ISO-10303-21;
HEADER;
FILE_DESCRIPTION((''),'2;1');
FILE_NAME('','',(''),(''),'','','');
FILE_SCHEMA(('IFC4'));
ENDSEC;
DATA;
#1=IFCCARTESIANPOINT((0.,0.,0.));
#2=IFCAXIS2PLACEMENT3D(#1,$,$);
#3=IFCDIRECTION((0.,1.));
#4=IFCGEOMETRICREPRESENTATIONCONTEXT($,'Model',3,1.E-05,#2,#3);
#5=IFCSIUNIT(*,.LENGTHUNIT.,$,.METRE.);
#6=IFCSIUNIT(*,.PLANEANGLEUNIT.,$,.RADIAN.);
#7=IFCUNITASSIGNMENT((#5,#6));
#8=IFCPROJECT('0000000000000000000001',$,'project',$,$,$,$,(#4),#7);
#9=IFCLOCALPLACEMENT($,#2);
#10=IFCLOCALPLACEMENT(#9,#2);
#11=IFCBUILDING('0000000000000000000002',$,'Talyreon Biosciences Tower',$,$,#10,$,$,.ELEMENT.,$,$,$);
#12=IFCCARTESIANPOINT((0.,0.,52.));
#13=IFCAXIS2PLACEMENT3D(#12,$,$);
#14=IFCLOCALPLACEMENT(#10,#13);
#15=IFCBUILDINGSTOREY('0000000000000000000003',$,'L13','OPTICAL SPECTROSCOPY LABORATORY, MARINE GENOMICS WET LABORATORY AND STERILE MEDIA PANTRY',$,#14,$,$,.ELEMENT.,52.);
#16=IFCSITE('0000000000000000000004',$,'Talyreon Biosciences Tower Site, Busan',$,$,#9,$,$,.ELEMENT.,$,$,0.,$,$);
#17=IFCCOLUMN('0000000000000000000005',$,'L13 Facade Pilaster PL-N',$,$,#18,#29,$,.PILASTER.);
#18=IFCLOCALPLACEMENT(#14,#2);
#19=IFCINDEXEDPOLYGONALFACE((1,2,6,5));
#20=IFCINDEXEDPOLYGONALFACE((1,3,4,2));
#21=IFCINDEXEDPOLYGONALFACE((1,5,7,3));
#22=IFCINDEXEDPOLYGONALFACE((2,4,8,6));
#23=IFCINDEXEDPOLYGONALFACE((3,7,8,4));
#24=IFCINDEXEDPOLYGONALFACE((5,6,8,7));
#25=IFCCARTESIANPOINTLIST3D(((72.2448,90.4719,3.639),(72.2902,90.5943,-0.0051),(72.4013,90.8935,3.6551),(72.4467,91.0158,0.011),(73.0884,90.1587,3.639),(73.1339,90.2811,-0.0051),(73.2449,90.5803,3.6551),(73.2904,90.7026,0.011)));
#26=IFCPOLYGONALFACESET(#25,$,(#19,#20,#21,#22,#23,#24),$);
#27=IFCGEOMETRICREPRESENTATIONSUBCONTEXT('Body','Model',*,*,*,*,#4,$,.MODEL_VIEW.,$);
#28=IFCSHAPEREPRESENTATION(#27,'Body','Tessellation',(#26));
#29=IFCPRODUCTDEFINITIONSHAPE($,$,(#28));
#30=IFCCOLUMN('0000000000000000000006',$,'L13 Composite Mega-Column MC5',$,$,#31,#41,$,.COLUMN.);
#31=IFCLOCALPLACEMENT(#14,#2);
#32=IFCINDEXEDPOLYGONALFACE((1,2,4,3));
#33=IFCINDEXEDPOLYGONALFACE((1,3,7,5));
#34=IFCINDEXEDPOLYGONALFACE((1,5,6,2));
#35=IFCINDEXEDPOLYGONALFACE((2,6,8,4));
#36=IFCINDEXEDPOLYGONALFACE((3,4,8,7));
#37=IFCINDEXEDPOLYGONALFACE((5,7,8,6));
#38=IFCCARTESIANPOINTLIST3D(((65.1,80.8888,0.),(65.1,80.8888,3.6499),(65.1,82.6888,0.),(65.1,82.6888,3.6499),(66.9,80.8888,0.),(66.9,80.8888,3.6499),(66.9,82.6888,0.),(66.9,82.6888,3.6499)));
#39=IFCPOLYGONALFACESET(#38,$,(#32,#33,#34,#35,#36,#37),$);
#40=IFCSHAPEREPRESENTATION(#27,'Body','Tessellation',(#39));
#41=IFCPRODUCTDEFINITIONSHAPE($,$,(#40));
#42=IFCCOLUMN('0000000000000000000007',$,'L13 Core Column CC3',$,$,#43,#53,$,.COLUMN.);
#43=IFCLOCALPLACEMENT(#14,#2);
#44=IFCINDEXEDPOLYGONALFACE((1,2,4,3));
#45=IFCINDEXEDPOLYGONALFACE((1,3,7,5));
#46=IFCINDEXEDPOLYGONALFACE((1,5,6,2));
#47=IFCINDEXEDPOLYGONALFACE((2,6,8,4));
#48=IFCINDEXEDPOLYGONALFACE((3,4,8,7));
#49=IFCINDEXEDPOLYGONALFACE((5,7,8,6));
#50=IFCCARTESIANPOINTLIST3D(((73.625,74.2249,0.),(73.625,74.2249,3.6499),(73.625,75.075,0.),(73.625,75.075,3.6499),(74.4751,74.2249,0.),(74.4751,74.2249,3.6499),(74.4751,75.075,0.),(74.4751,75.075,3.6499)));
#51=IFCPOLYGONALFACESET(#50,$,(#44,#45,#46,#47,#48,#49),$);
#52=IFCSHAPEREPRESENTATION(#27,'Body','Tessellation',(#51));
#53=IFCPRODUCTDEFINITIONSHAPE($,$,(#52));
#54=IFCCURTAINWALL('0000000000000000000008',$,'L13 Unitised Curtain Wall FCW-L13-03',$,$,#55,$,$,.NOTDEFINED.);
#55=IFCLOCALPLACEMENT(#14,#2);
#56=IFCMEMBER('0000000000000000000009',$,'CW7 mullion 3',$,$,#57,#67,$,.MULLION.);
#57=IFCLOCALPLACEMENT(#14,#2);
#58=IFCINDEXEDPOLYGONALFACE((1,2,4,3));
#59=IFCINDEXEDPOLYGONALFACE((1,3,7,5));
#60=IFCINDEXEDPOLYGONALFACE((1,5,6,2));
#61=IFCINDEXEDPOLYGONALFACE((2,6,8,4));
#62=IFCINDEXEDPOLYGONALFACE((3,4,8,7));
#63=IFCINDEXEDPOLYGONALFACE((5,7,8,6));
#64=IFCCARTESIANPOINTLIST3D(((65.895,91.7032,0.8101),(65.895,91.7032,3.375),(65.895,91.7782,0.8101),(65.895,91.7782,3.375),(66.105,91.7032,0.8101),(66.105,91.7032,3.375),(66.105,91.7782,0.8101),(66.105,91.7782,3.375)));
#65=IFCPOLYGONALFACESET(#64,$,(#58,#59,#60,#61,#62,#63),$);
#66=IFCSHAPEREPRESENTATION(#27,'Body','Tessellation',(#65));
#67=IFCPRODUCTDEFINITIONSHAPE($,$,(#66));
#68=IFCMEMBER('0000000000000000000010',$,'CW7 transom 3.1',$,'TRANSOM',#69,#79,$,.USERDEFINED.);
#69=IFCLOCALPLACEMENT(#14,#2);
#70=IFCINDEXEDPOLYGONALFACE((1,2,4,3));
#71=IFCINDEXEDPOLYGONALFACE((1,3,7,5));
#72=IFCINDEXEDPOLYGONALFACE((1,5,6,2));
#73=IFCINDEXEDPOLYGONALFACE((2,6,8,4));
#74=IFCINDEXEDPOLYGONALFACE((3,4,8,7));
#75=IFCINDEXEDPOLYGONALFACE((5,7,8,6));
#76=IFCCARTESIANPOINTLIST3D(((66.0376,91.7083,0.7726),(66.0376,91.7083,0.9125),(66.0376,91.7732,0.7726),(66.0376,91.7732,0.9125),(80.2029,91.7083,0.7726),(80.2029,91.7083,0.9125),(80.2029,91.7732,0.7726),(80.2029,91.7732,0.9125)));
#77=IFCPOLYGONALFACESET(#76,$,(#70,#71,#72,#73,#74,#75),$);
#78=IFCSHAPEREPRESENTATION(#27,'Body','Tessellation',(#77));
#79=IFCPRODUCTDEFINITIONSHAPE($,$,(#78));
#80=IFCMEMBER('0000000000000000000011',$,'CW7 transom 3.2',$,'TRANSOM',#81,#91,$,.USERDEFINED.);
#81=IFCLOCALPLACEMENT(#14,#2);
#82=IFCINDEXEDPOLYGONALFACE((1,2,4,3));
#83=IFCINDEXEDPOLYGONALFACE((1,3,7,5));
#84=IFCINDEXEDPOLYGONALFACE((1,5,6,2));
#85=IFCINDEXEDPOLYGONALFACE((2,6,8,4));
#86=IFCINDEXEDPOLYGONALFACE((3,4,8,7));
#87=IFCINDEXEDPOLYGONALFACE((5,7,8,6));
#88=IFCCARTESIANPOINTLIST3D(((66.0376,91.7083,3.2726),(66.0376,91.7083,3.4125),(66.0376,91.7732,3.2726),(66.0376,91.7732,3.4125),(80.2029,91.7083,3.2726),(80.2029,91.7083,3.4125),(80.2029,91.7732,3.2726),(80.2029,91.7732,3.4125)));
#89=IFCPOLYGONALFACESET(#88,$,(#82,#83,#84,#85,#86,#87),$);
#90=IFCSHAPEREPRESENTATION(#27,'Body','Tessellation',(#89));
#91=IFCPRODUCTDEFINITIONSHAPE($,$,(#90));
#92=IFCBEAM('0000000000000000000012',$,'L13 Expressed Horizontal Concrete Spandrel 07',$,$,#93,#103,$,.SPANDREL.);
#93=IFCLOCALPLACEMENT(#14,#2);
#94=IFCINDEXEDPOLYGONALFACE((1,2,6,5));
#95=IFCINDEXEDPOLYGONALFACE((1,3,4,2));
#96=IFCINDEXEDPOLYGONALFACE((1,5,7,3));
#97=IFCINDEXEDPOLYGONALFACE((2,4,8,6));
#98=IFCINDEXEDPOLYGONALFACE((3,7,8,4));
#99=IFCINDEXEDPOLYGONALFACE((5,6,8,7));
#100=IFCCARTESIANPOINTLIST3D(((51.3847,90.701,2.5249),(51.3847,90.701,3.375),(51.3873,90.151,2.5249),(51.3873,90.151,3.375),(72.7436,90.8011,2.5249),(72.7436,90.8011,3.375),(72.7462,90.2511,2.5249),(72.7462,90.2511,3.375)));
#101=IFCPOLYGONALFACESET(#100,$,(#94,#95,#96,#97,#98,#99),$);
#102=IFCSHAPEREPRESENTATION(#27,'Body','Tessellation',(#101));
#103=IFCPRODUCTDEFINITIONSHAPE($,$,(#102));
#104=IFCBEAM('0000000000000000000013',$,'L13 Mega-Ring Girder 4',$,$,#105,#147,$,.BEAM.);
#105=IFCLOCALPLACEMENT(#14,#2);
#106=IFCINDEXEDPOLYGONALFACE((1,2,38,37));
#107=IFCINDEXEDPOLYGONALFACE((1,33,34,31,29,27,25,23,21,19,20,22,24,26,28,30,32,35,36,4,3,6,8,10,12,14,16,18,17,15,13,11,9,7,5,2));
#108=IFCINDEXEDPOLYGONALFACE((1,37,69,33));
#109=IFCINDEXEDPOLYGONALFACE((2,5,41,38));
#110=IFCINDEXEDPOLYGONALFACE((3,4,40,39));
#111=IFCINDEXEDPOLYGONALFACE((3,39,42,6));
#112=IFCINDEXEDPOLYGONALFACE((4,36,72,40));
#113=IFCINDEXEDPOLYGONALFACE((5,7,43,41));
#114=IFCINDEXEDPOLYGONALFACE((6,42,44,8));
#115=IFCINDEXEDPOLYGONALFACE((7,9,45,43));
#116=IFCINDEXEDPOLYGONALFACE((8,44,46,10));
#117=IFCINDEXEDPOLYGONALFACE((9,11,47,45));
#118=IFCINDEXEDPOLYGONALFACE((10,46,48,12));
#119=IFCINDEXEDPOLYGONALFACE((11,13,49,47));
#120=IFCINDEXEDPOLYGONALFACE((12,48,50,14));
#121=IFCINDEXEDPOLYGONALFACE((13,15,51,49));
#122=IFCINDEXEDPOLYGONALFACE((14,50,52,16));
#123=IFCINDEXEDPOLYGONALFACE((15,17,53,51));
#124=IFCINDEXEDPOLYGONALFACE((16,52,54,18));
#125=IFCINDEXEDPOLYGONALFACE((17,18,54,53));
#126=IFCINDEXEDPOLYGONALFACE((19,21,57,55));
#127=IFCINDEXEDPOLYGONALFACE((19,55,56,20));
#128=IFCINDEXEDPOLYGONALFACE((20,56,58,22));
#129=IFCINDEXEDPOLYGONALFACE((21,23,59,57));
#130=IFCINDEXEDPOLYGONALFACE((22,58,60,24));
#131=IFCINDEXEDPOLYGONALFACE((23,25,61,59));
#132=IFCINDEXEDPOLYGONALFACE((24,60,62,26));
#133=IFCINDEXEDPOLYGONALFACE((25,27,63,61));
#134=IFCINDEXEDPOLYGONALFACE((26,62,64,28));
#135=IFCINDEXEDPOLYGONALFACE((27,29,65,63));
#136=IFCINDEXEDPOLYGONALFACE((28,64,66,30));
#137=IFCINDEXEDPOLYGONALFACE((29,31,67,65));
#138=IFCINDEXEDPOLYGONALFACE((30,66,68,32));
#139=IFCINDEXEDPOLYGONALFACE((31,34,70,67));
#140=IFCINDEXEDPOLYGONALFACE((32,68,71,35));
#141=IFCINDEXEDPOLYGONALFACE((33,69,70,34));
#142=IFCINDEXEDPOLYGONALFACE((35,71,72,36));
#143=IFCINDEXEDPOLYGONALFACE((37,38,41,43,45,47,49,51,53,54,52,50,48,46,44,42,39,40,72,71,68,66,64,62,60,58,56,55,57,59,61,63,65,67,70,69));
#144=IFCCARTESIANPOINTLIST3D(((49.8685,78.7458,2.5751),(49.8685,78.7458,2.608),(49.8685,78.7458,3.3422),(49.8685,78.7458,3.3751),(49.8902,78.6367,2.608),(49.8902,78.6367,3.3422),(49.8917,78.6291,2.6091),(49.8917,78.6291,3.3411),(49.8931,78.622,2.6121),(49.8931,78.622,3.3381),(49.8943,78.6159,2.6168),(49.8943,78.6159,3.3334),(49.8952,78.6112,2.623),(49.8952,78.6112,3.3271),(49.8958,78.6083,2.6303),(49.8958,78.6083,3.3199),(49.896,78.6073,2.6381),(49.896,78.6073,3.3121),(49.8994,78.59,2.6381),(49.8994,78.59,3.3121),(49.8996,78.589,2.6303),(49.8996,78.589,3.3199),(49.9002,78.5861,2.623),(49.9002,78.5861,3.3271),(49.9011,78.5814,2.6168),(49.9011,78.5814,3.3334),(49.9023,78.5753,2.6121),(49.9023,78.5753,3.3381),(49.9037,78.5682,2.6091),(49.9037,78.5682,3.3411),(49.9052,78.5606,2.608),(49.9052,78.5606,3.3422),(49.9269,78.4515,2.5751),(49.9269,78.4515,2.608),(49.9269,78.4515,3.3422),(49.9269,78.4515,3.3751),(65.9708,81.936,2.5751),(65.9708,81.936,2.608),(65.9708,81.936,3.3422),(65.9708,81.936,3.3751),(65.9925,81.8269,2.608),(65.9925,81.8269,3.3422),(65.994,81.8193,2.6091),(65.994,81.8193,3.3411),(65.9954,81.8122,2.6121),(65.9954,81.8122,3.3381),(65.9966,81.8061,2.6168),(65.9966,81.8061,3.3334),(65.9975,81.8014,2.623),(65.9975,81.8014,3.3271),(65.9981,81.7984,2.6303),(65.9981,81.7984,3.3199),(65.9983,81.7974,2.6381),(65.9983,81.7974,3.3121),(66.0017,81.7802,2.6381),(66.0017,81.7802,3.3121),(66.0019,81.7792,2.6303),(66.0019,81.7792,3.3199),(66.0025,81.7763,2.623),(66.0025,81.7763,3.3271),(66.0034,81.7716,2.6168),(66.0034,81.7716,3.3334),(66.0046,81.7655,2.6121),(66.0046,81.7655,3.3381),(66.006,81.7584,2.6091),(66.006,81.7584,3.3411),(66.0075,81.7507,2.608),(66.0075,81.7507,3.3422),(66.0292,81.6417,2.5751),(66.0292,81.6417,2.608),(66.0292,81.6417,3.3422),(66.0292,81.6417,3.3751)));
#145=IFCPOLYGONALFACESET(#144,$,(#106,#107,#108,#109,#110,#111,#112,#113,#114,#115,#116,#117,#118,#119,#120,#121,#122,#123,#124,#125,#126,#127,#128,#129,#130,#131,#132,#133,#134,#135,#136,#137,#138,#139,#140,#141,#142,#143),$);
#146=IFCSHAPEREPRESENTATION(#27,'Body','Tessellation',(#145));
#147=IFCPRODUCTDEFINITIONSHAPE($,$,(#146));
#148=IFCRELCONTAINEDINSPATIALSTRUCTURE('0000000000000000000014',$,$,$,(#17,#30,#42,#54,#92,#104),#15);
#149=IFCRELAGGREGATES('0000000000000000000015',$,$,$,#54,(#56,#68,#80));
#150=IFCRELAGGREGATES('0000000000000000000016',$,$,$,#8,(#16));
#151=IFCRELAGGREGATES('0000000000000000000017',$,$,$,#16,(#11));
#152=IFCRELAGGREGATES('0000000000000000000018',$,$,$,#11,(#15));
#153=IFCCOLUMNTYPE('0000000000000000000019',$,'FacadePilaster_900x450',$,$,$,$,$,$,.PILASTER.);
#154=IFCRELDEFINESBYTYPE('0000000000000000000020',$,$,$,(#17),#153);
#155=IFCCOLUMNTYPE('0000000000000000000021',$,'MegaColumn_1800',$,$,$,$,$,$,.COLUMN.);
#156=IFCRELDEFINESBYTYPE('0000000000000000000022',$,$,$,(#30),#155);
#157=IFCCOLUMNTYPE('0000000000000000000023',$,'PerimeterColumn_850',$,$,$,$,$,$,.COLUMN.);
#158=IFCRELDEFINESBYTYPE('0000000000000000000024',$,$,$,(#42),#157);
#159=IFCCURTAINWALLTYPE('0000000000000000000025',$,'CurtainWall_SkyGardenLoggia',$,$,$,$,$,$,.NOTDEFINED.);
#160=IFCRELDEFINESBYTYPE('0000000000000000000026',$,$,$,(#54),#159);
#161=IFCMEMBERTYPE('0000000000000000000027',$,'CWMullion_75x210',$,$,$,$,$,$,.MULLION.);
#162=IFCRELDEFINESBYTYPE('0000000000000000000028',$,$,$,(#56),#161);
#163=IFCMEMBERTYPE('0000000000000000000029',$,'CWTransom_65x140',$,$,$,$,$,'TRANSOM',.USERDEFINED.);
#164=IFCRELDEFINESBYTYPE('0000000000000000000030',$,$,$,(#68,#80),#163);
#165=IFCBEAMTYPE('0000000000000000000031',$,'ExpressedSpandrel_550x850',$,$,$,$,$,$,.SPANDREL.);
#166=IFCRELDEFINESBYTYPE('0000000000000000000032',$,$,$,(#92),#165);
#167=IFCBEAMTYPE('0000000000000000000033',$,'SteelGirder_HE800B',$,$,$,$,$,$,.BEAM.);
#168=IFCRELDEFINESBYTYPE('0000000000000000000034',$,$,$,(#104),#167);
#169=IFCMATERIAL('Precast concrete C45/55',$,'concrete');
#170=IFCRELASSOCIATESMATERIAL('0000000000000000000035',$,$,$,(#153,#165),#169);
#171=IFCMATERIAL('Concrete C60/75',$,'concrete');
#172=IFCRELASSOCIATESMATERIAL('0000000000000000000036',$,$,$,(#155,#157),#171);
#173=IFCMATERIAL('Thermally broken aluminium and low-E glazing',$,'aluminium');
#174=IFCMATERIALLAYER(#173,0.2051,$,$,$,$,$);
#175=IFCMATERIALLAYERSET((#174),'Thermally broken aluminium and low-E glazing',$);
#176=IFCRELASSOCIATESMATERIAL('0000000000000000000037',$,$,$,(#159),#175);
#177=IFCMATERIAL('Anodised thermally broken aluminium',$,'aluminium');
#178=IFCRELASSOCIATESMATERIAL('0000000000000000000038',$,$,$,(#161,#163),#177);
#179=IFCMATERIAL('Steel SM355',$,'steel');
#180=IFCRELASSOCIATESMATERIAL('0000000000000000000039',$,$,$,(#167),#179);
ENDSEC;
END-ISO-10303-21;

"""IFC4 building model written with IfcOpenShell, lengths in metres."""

from ifc_helpers import new_model, si_unit, direction, frame, origin, origin_2d, place, context, subcontext, project, spatial, rectangle, i_section, extrude, material, layer, layer_set, material_profile, profile_set, type_object, element, aggregate, save


model = new_model("IFC4")

# Units and contexts
model_context = context("Model", 3, precision=1e-05, world=origin(), true_north=direction((0.0, 1.0)))
body_context = subcontext(model_context, "Body", "Model", "MODEL_VIEW")
ifc_project = project(units=[si_unit("LENGTHUNIT", "METRE"), si_unit("PLANEANGLEUNIT", "RADIAN")], contexts=[model_context])

# Site, building, storey
site_placement = place(None, origin())
site = spatial("IfcSite", under=ifc_project, at=site_placement, Name="Talyreon Biosciences Tower Site, Busan", CompositionType="ELEMENT", RefElevation=0.0)
building_placement = place(site_placement, origin())
building = spatial("IfcBuilding", under=site, at=building_placement, Name="Talyreon Biosciences Tower", CompositionType="ELEMENT")
storey_placement = place(building_placement, frame((0.0, 0.0, 52.0)))
storey = spatial("IfcBuildingStorey", under=building, at=storey_placement, Name="L13", Description="OPTICAL SPECTROSCOPY LABORATORY, MARINE GENOMICS WET LABORATORY AND STERILE MEDIA PANTRY", CompositionType="ELEMENT", Elevation=52.0)

# Columns
ifc_material_1 = material(Name="Precast concrete C45/55", Category="concrete")
ifc_material_profile_1 = material_profile(ifc_material_1, rectangle(XDim=0.8999, YDim=0.45, at=origin_2d()), Name="RC 900x450")
ifc_profile_set_1 = profile_set([ifc_material_profile_1], Name="Precast concrete C45/55")
column_type_1 = type_object("IfcColumnType", Name="FacadePilaster_900x450", PredefinedType="PILASTER", material=ifc_profile_set_1)
column_1_placement = place(storey_placement, frame((72.7903, 90.6484, 0.0029), z_axis=(-0.012453, -0.033544, 0.99936), x_axis=(-0.937478, 0.348046, 0.0)))
element("IfcColumn", 1, at=column_1_placement, inside=storey, type_object=column_type_1, Name="L13 Facade Pilaster PL-N", PredefinedType="PILASTER", context=body_context, shape_type="SweptSolid", body=[
    extrude(rectangle(XDim=0.8999, YDim=0.45, at=origin_2d()), origin(), (0.0, 0.0, 1.0), 3.6465),
])
ifc_material_2 = material(Name="Concrete C60/75", Category="concrete")
ifc_material_profile_2 = material_profile(ifc_material_2, rectangle(XDim=1.8, YDim=1.8, at=origin_2d()), Name="RC 1800x1800")
ifc_profile_set_2 = profile_set([ifc_material_profile_2], Name="Concrete C60/75")
column_type_2 = type_object("IfcColumnType", Name="MegaColumn_1800", PredefinedType="COLUMN", material=ifc_profile_set_2)
column_2_placement = place(storey_placement, frame((66.0, 81.7888, 0.0), z_axis=(0.0, 0.0, 1.0), x_axis=(1.0, 0.0, 0.0)))
element("IfcColumn", 2, at=column_2_placement, inside=storey, type_object=column_type_2, Name="L13 Composite Mega-Column MC5", PredefinedType="COLUMN", context=body_context, shape_type="SweptSolid", body=[
    extrude(rectangle(XDim=1.8, YDim=1.8, at=origin_2d()), origin(), (0.0, 0.0, 1.0), 3.6499),
])
ifc_material_profile_3 = material_profile(ifc_material_2, rectangle(XDim=0.8501, YDim=0.8501, at=origin_2d()), Name="RC 850x850")
ifc_profile_set_3 = profile_set([ifc_material_profile_3], Name="Concrete C60/75")
column_type_3 = type_object("IfcColumnType", Name="PerimeterColumn_850", PredefinedType="COLUMN", material=ifc_profile_set_3)
column_3_placement = place(storey_placement, frame((74.05, 74.6499, 0.0), z_axis=(0.0, 0.0, 1.0), x_axis=(1.0, 0.0, 0.0)))
element("IfcColumn", 3, at=column_3_placement, inside=storey, type_object=column_type_3, Name="L13 Core Column CC3", PredefinedType="COLUMN", context=body_context, shape_type="SweptSolid", body=[
    extrude(rectangle(XDim=0.8501, YDim=0.8501, at=origin_2d()), origin(), (0.0, 0.0, 1.0), 3.6499),
])

# Curtain wall, members
ifc_material_3 = material(Name="Thermally broken aluminium and low-E glazing", Category="aluminium")
ifc_layer_1 = layer(ifc_material_3, 0.2051)
ifc_layer_set_1 = layer_set([ifc_layer_1], Name="Thermally broken aluminium and low-E glazing")
curtain_wall_type = type_object("IfcCurtainWallType", Name="CurtainWall_SkyGardenLoggia", PredefinedType="NOTDEFINED", material=ifc_layer_set_1)
curtain_wall_placement = place(storey_placement, origin())
curtain_wall = element("IfcCurtainWall", 4, at=curtain_wall_placement, inside=storey, type_object=curtain_wall_type, Name="L13 Unitised Curtain Wall FCW-L13-03", PredefinedType="NOTDEFINED")
ifc_material_4 = material(Name="Anodised thermally broken aluminium", Category="aluminium")
ifc_material_profile_4 = material_profile(ifc_material_4, rectangle(XDim=0.075, YDim=0.21, at=origin_2d()), Name="ALUM MULLION 75x210")
ifc_profile_set_4 = profile_set([ifc_material_profile_4], Name="Anodised thermally broken aluminium")
member_type_1 = type_object("IfcMemberType", Name="CWMullion_75x210", PredefinedType="MULLION", material=ifc_profile_set_4)
member_1_placement = place(storey_placement, frame((66.0, 91.7407, 0.8101), z_axis=(0.0, 0.0, 1.0), x_axis=(0.0, 1.0, 0.0)))
member_1 = element("IfcMember", 5, at=member_1_placement, type_object=member_type_1, Name="CW7 mullion 3", PredefinedType="MULLION", context=body_context, shape_type="SweptSolid", body=[
    extrude(rectangle(XDim=0.075, YDim=0.21, at=origin_2d()), origin(), (0.0, 0.0, 1.0), 2.5649),
])
ifc_material_profile_5 = material_profile(ifc_material_4, rectangle(XDim=0.0649, YDim=0.1399, at=origin_2d()), Name="ALUM TRANSOM 65x140")
ifc_profile_set_5 = profile_set([ifc_material_profile_5], Name="Anodised thermally broken aluminium")
member_type_2 = type_object("IfcMemberType", Name="CWTransom_65x140", ElementType="TRANSOM", PredefinedType="USERDEFINED", material=ifc_profile_set_5)
member_2_placement = place(storey_placement, frame((66.0376, 91.7407, 0.8425), z_axis=(1.0, 0.0, 0.0), x_axis=(0.0, 1.0, 0.0)))
member_2 = element("IfcMember", 6, at=member_2_placement, type_object=member_type_2, Name="CW7 transom 3.1", ObjectType="TRANSOM", PredefinedType="USERDEFINED", context=body_context, shape_type="SweptSolid", body=[
    extrude(rectangle(XDim=0.0649, YDim=0.1399, at=origin_2d()), origin(), (0.0, 0.0, 1.0), 14.1653),
])
member_3_placement = place(storey_placement, frame((66.0376, 91.7407, 3.3425), z_axis=(1.0, 0.0, 0.0), x_axis=(0.0, 1.0, 0.0)))
member_3 = element("IfcMember", 7, at=member_3_placement, type_object=member_type_2, Name="CW7 transom 3.2", ObjectType="TRANSOM", PredefinedType="USERDEFINED", context=body_context, shape_type="SweptSolid", body=[
    extrude(rectangle(XDim=0.0649, YDim=0.1399, at=origin_2d()), origin(), (0.0, 0.0, 1.0), 14.1653),
])

# Beams
ifc_material_profile_6 = material_profile(ifc_material_1, rectangle(XDim=0.55, YDim=0.8501, at=origin_2d()), Name="RCB 550x850")
ifc_profile_set_6 = profile_set([ifc_material_profile_6], Name="Precast concrete C45/55")
beam_type_1 = type_object("IfcBeamType", Name="ExpressedSpandrel_550x850", PredefinedType="SPANDREL", material=ifc_profile_set_6)
beam_1_placement = place(storey_placement, frame((72.7449, 90.5261, 2.95), z_axis=(-0.999989, -0.004686, 0.0), x_axis=(0.004686, -0.999989, 0.0)))
element("IfcBeam", 8, at=beam_1_placement, inside=storey, type_object=beam_type_1, Name="L13 Expressed Horizontal Concrete Spandrel 07", PredefinedType="SPANDREL", context=body_context, shape_type="SweptSolid", body=[
    extrude(rectangle(XDim=0.55, YDim=0.8501, at=origin_2d()), origin(), (0.0, 0.0, 1.0), 21.3591),
])
ifc_material_5 = material(Name="Steel SM355", Category="steel")
ifc_material_profile_7 = material_profile(ifc_material_5, i_section(OverallWidth=0.3, OverallDepth=0.8, WebThickness=0.0176, FlangeThickness=0.033, FilletRadius=0.03, at=origin_2d()), Name="HE800B")
ifc_profile_set_7 = profile_set([ifc_material_profile_7], Name="Steel SM355")
beam_type_2 = type_object("IfcBeamType", Name="SteelGirder_HE800B", PredefinedType="BEAM", material=ifc_profile_set_7)
beam_2_placement = place(storey_placement, frame((66.0, 81.7888, 2.9751), z_axis=(-0.980934, -0.194343, 0.0), x_axis=(0.194343, -0.980934, 0.0)))
element("IfcBeam", 9, at=beam_2_placement, inside=storey, type_object=beam_type_2, Name="L13 Mega-Ring Girder 4", PredefinedType="BEAM", context=body_context, shape_type="SweptSolid", body=[
    extrude(i_section(OverallWidth=0.3, OverallDepth=0.8, WebThickness=0.0176, FlangeThickness=0.033, FilletRadius=0.03, at=origin_2d()), origin(), (0.0, 0.0, 1.0), 16.4153),
])

aggregate(curtain_wall, [member_1, member_2, member_3])

save(model, "model.ifc")
